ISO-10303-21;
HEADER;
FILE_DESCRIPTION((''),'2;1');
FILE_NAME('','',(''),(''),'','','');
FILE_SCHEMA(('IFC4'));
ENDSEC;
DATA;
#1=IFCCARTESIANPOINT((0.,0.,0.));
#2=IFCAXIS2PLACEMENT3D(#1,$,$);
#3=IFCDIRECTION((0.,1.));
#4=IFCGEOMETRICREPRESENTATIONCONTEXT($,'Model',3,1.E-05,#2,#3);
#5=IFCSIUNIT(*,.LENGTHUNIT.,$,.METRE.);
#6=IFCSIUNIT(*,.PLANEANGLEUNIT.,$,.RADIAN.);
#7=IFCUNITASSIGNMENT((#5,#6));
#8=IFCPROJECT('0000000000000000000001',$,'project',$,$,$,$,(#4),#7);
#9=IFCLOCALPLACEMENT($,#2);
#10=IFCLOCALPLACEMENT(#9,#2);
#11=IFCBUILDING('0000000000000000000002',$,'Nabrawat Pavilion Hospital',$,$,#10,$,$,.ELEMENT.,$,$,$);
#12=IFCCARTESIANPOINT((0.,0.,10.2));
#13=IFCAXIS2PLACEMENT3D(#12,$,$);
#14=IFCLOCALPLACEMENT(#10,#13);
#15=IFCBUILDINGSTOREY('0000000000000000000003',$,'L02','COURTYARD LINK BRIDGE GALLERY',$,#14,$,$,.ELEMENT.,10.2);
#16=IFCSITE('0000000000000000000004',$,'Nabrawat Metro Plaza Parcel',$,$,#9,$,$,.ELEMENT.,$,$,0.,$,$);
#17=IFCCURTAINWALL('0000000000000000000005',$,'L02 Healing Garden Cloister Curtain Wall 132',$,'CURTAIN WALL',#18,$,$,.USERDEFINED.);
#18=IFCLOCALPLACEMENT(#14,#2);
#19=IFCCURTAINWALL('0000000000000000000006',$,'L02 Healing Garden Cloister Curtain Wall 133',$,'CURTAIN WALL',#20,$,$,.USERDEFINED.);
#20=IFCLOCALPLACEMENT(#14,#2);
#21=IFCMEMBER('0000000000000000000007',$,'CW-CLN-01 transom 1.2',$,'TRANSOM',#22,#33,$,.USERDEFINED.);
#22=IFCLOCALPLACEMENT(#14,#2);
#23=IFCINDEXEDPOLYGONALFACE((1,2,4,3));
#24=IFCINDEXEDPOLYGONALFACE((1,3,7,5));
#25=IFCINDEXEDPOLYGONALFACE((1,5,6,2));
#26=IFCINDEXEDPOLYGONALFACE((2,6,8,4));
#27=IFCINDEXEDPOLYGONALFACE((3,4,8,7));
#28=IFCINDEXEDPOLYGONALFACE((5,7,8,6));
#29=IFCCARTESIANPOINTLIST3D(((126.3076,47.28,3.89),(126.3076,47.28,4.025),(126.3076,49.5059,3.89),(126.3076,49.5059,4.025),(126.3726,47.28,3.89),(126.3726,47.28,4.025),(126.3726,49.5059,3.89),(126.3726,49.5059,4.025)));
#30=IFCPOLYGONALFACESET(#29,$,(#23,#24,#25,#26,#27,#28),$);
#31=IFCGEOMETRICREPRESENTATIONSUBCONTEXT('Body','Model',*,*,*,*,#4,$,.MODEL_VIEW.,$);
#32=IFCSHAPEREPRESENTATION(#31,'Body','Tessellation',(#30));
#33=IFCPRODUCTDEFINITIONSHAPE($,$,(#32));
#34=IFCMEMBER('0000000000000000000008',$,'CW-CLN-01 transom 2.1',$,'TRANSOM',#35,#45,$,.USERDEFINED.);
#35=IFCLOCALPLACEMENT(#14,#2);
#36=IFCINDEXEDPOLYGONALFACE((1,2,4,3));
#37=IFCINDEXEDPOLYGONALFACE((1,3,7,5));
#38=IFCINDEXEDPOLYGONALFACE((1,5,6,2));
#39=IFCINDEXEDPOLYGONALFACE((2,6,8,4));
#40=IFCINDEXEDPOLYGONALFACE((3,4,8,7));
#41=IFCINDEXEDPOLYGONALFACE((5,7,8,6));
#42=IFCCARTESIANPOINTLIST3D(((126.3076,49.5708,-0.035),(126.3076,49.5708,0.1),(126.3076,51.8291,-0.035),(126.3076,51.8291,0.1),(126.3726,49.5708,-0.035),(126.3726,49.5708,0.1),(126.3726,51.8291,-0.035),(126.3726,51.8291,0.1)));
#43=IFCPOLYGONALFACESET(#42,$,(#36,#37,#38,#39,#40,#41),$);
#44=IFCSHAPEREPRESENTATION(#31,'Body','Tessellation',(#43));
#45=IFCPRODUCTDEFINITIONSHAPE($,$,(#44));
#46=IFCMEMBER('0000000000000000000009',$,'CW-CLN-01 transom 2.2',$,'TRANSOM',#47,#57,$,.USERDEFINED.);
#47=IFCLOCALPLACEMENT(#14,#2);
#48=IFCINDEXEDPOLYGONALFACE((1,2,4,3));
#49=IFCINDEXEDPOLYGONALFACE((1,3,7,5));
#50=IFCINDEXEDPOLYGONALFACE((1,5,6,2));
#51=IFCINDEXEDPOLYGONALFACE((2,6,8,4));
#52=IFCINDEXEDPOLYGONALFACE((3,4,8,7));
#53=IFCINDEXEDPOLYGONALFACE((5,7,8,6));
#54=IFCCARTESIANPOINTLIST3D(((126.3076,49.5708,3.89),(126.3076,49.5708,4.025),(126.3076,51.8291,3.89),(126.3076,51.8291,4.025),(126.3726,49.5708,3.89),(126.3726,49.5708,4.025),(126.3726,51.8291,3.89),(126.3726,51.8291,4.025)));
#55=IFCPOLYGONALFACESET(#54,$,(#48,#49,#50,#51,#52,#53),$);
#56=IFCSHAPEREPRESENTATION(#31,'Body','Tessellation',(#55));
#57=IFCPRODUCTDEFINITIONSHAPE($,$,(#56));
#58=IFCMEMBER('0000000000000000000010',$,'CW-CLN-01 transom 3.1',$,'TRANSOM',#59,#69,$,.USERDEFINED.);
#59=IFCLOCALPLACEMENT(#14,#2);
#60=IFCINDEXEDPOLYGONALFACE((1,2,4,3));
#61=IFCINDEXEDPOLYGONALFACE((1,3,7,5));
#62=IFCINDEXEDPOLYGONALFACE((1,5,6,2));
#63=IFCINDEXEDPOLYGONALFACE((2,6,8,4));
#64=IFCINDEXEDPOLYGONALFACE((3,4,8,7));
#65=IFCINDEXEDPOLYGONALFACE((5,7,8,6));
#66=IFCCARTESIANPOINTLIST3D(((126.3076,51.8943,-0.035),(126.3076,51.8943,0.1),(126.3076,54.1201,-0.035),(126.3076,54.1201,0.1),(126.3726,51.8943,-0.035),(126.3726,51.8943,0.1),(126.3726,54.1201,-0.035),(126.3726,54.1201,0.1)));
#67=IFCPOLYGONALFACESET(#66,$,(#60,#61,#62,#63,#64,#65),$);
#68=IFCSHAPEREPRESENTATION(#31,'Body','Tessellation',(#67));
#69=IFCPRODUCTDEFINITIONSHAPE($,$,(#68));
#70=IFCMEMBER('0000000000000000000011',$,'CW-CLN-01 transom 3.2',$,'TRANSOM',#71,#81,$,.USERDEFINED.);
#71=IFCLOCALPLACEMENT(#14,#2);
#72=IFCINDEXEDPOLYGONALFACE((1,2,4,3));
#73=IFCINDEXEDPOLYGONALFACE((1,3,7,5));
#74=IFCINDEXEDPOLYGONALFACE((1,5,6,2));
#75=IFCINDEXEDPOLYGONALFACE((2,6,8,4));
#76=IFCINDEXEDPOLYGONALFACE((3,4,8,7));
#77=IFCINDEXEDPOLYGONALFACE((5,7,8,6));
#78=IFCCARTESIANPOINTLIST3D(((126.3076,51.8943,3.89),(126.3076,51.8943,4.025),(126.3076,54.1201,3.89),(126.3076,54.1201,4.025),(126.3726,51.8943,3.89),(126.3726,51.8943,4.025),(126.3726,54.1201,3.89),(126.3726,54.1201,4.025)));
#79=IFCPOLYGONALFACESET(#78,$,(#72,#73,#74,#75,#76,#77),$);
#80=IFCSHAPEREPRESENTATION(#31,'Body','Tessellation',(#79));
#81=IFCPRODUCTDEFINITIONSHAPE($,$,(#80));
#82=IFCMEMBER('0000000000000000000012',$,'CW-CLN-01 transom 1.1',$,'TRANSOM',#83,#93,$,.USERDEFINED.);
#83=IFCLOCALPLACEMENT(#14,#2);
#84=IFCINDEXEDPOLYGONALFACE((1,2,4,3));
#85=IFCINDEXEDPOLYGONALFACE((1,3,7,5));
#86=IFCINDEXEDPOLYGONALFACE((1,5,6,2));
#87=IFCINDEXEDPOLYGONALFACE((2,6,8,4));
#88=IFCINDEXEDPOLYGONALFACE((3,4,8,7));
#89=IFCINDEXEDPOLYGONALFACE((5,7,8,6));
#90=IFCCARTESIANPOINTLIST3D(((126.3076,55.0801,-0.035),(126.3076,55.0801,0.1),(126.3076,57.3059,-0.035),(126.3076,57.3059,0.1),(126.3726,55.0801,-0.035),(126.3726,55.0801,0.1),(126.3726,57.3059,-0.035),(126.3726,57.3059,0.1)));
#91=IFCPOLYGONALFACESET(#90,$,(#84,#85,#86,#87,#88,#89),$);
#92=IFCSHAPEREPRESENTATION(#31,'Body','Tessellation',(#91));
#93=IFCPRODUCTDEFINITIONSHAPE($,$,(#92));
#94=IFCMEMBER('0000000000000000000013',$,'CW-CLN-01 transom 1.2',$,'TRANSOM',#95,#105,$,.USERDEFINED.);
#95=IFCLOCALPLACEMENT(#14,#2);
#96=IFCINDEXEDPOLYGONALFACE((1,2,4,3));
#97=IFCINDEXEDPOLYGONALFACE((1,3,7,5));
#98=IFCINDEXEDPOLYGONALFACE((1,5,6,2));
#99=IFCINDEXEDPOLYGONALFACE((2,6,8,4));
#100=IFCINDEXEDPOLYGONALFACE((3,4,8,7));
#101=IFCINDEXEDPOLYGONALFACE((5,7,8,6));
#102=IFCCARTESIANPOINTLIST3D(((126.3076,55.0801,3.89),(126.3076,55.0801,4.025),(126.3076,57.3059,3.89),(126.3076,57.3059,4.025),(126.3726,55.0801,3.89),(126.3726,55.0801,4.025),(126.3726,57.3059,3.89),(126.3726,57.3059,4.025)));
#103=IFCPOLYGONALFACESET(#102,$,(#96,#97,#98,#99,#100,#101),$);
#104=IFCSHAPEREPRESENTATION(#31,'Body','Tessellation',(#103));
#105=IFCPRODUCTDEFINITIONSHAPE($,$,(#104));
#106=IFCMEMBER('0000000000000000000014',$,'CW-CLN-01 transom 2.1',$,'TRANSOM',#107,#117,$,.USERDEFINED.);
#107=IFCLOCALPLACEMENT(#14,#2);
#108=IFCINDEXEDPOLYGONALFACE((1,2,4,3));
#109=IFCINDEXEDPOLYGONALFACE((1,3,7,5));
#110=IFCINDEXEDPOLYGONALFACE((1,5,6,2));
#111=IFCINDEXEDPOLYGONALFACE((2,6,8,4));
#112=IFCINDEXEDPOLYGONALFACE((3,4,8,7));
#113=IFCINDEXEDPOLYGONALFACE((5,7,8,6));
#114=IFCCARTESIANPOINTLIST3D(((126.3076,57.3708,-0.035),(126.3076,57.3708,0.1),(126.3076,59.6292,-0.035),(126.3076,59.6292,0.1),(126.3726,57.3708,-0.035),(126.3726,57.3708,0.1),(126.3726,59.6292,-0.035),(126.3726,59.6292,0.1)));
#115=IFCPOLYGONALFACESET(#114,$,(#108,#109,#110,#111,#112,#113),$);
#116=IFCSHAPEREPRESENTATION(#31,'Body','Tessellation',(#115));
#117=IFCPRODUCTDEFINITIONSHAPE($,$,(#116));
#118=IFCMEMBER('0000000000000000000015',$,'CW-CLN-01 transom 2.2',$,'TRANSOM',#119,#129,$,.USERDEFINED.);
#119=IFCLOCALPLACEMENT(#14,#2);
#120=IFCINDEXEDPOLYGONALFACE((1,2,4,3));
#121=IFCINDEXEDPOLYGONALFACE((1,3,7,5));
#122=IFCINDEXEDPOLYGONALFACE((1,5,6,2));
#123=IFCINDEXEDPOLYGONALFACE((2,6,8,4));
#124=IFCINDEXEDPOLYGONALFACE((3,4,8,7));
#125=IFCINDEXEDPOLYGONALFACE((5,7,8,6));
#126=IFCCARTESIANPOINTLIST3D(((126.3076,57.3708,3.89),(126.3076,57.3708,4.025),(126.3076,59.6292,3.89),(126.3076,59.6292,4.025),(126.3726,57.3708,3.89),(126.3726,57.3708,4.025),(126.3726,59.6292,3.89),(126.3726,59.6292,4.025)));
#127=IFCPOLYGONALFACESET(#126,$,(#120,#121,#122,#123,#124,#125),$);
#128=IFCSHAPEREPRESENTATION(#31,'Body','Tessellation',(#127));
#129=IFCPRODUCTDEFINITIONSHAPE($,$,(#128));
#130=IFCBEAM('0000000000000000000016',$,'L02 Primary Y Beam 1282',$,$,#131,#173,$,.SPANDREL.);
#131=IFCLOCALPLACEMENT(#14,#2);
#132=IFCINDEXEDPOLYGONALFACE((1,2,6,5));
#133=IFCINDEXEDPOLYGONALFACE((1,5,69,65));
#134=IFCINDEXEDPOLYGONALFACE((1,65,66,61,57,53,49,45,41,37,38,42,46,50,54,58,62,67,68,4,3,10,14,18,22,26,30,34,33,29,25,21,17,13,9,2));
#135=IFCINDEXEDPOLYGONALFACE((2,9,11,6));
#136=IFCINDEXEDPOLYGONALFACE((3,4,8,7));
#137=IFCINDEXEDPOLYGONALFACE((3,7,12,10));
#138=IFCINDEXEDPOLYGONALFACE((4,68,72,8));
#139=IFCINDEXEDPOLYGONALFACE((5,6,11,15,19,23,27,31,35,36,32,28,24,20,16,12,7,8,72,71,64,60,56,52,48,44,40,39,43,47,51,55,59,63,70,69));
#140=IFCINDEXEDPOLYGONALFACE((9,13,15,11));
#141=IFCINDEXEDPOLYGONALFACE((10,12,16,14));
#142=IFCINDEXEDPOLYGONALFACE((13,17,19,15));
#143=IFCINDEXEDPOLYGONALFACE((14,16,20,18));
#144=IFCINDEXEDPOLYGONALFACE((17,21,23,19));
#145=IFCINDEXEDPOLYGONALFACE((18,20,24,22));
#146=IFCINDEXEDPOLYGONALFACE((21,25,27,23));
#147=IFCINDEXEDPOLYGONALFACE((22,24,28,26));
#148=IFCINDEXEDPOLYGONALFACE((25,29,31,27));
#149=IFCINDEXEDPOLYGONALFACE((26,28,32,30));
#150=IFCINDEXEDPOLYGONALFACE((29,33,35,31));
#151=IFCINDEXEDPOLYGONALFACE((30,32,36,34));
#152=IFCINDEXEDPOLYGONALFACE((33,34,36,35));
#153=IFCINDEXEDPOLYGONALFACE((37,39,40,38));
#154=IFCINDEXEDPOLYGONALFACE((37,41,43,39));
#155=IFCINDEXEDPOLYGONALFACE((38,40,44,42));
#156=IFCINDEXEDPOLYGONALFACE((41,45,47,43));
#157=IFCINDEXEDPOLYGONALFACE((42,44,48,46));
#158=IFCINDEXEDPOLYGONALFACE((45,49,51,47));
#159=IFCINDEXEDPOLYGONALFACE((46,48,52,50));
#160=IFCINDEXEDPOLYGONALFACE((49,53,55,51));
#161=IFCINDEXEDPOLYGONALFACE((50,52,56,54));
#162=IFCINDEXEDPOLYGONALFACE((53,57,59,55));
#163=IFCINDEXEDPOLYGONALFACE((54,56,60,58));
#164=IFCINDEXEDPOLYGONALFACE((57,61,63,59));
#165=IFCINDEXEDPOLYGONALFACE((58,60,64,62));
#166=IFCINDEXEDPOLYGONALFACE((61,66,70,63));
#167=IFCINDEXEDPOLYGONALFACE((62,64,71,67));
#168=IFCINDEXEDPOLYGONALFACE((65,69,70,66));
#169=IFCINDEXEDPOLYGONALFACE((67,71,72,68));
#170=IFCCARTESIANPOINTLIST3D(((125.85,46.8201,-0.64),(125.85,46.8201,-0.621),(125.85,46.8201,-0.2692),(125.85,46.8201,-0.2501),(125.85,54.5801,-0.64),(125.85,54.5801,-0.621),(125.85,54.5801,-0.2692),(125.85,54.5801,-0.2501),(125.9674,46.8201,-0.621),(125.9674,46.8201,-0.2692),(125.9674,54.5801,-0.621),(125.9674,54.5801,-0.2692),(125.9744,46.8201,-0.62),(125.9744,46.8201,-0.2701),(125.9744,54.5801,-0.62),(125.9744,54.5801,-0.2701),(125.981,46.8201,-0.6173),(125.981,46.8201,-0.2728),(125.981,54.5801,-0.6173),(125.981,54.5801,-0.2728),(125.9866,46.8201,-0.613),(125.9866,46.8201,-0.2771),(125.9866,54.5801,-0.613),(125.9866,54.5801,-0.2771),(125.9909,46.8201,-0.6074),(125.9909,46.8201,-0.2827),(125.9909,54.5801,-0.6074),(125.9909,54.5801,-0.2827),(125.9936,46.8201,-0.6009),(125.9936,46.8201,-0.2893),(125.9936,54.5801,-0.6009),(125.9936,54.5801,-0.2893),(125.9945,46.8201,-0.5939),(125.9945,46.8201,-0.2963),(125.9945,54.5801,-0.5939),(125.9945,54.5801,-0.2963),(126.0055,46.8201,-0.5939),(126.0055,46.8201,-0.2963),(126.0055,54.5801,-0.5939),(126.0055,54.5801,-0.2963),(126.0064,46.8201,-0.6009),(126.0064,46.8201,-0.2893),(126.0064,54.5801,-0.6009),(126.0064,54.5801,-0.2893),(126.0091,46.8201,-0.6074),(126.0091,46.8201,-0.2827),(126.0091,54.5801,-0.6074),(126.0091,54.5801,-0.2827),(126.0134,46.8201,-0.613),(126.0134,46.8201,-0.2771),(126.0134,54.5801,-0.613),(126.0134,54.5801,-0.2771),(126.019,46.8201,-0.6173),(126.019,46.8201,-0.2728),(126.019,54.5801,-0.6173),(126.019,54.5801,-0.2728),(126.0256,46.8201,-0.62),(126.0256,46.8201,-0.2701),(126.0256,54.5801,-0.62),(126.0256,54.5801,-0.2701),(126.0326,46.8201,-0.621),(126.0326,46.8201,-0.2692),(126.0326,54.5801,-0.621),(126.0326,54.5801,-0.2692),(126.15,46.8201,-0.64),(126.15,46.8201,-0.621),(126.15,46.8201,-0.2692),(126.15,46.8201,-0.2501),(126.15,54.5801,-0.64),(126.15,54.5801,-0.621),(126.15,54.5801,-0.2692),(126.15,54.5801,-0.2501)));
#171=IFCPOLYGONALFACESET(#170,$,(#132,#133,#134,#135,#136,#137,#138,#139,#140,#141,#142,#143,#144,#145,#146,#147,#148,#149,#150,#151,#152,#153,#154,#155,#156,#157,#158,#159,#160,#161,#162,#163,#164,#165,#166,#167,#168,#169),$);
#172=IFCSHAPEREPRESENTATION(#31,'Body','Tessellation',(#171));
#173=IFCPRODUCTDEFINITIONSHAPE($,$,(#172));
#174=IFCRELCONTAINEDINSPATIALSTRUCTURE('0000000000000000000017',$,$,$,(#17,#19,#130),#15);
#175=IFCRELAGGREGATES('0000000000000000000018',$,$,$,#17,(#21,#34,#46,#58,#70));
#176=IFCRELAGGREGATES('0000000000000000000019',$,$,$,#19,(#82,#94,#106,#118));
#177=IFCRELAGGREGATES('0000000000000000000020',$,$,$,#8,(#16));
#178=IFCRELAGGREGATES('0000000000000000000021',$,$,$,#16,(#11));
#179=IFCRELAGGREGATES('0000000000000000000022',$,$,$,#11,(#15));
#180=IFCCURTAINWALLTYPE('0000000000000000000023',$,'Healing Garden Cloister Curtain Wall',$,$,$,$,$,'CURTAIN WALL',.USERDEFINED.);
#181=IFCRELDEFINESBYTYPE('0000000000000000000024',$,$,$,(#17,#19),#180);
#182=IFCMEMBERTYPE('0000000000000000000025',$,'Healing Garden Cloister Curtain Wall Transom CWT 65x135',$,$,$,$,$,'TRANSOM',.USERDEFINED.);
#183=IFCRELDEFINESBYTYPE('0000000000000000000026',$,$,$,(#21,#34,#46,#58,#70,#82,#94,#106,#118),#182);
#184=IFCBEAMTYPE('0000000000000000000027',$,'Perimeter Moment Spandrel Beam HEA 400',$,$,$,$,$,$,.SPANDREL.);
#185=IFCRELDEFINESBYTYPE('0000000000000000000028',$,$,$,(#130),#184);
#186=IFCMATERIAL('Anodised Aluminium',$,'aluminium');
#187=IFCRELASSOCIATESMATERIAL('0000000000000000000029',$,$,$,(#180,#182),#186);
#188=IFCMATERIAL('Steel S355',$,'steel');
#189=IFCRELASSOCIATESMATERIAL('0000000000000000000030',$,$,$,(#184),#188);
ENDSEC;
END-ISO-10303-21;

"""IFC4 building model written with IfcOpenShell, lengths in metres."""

from ifc_helpers import new_model, si_unit, direction, frame, origin, origin_2d, place, context, subcontext, project, spatial, rectangle, i_section, extrude, material, material_profile, profile_set, type_object, element, aggregate, save


model = new_model("IFC4")

# Units and contexts
model_context = context("Model", 3, precision=1e-05, world=origin(), true_north=direction((0.0, 1.0)))
body_context = subcontext(model_context, "Body", "Model", "MODEL_VIEW")
ifc_project = project(units=[si_unit("LENGTHUNIT", "METRE"), si_unit("PLANEANGLEUNIT", "RADIAN")], contexts=[model_context])

# Site, building, storey
site_placement = place(None, origin())
site = spatial("IfcSite", under=ifc_project, at=site_placement, Name="Nabrawat Metro Plaza Parcel", CompositionType="ELEMENT", RefElevation=0.0)
building_placement = place(site_placement, origin())
building = spatial("IfcBuilding", under=site, at=building_placement, Name="Nabrawat Pavilion Hospital", CompositionType="ELEMENT")
storey_placement = place(building_placement, frame((0.0, 0.0, 10.2)))
storey = spatial("IfcBuildingStorey", under=building, at=storey_placement, Name="L02", Description="COURTYARD LINK BRIDGE GALLERY", CompositionType="ELEMENT", Elevation=10.2)

# Shared definitions
ifc_material_1 = material(Name="Steel S355", Category="steel")

# Curtain walls
ifc_material_2 = material(Name="Anodised Aluminium", Category="aluminium")
curtain_wall_type = type_object("IfcCurtainWallType", Name="Healing Garden Cloister Curtain Wall", ElementType="CURTAIN WALL", PredefinedType="USERDEFINED", material=ifc_material_2)
curtain_wall_1_placement = place(storey_placement, origin())
curtain_wall_1 = element("IfcCurtainWall", 1, at=curtain_wall_1_placement, inside=storey, type_object=curtain_wall_type, Name="L02 Healing Garden Cloister Curtain Wall 132", ObjectType="CURTAIN WALL", PredefinedType="USERDEFINED")
curtain_wall_2_placement = place(storey_placement, origin())
curtain_wall_2 = element("IfcCurtainWall", 2, at=curtain_wall_2_placement, inside=storey, type_object=curtain_wall_type, Name="L02 Healing Garden Cloister Curtain Wall 133", ObjectType="CURTAIN WALL", PredefinedType="USERDEFINED")

# Members
ifc_material_profile_1 = material_profile(ifc_material_2, rectangle(XDim=0.0649, YDim=0.135, at=origin_2d()), Name="CWT 65x135")
ifc_profile_set_1 = profile_set([ifc_material_profile_1], Name="Anodised Aluminium")
member_type_1 = type_object("IfcMemberType", Name="Healing Garden Cloister Curtain Wall Transom CWT 65x135", ElementType="TRANSOM", PredefinedType="USERDEFINED", material=ifc_profile_set_1)
member_1_placement = place(storey_placement, frame((126.3401, 47.28, 3.9575), z_axis=(0.0, 1.0, 0.0), x_axis=(-1.0, 0.0, 0.0)))
member_1 = element("IfcMember", 3, at=member_1_placement, type_object=member_type_1, Name="CW-CLN-01 transom 1.2", ObjectType="TRANSOM", PredefinedType="USERDEFINED", context=body_context, shape_type="SweptSolid", body=[
    extrude(rectangle(XDim=0.0649, YDim=0.135, at=origin_2d()), origin(), (0.0, 0.0, 1.0), 2.2258),
])
member_2_placement = place(storey_placement, frame((126.3401, 49.5708, 0.0325), z_axis=(0.0, 1.0, 0.0), x_axis=(-1.0, 0.0, 0.0)))
member_2 = element("IfcMember", 4, at=member_2_placement, type_object=member_type_1, Name="CW-CLN-01 transom 2.1", ObjectType="TRANSOM", PredefinedType="USERDEFINED", context=body_context, shape_type="SweptSolid", body=[
    extrude(rectangle(XDim=0.0649, YDim=0.135, at=origin_2d()), origin(), (0.0, 0.0, 1.0), 2.2583),
])
member_3_placement = place(storey_placement, frame((126.3401, 49.5708, 3.9575), z_axis=(0.0, 1.0, 0.0), x_axis=(-1.0, 0.0, 0.0)))
member_3 = element("IfcMember", 5, at=member_3_placement, type_object=member_type_1, Name="CW-CLN-01 transom 2.2", ObjectType="TRANSOM", PredefinedType="USERDEFINED", context=body_context, shape_type="SweptSolid", body=[
    extrude(rectangle(XDim=0.0649, YDim=0.135, at=origin_2d()), origin(), (0.0, 0.0, 1.0), 2.2583),
])
member_4_placement = place(storey_placement, frame((126.3401, 51.8943, 0.0325), z_axis=(0.0, 1.0, 0.0), x_axis=(-1.0, 0.0, 0.0)))
member_4 = element("IfcMember", 6, at=member_4_placement, type_object=member_type_1, Name="CW-CLN-01 transom 3.1", ObjectType="TRANSOM", PredefinedType="USERDEFINED", context=body_context, shape_type="SweptSolid", body=[
    extrude(rectangle(XDim=0.0649, YDim=0.135, at=origin_2d()), origin(), (0.0, 0.0, 1.0), 2.2258),
])
member_5_placement = place(storey_placement, frame((126.3401, 51.8943, 3.9575), z_axis=(0.0, 1.0, 0.0), x_axis=(-1.0, 0.0, 0.0)))
member_5 = element("IfcMember", 7, at=member_5_placement, type_object=member_type_1, Name="CW-CLN-01 transom 3.2", ObjectType="TRANSOM", PredefinedType="USERDEFINED", context=body_context, shape_type="SweptSolid", body=[
    extrude(rectangle(XDim=0.0649, YDim=0.135, at=origin_2d()), origin(), (0.0, 0.0, 1.0), 2.2258),
])
member_6_placement = place(storey_placement, frame((126.3401, 55.0801, 0.0325), z_axis=(0.0, 1.0, 0.0), x_axis=(-1.0, 0.0, 0.0)))
member_6 = element("IfcMember", 8, at=member_6_placement, type_object=member_type_1, Name="CW-CLN-01 transom 1.1", ObjectType="TRANSOM", PredefinedType="USERDEFINED", context=body_context, shape_type="SweptSolid", body=[
    extrude(rectangle(XDim=0.0649, YDim=0.135, at=origin_2d()), origin(), (0.0, 0.0, 1.0), 2.2258),
])
member_7_placement = place(storey_placement, frame((126.3401, 55.0801, 3.9575), z_axis=(0.0, 1.0, 0.0), x_axis=(-1.0, 0.0, 0.0)))
member_7 = element("IfcMember", 9, at=member_7_placement, type_object=member_type_1, Name="CW-CLN-01 transom 1.2", ObjectType="TRANSOM", PredefinedType="USERDEFINED", context=body_context, shape_type="SweptSolid", body=[
    extrude(rectangle(XDim=0.0649, YDim=0.135, at=origin_2d()), origin(), (0.0, 0.0, 1.0), 2.2258),
])
member_8_placement = place(storey_placement, frame((126.3401, 57.3708, 0.0325), z_axis=(0.0, 1.0, 0.0), x_axis=(-1.0, 0.0, 0.0)))
member_8 = element("IfcMember", 10, at=member_8_placement, type_object=member_type_1, Name="CW-CLN-01 transom 2.1", ObjectType="TRANSOM", PredefinedType="USERDEFINED", context=body_context, shape_type="SweptSolid", body=[
    extrude(rectangle(XDim=0.0649, YDim=0.135, at=origin_2d()), origin(), (0.0, 0.0, 1.0), 2.2583),
])
member_9_placement = place(storey_placement, frame((126.3401, 57.3708, 3.9575), z_axis=(0.0, 1.0, 0.0), x_axis=(-1.0, 0.0, 0.0)))
member_9 = element("IfcMember", 11, at=member_9_placement, type_object=member_type_1, Name="CW-CLN-01 transom 2.2", ObjectType="TRANSOM", PredefinedType="USERDEFINED", context=body_context, shape_type="SweptSolid", body=[
    extrude(rectangle(XDim=0.0649, YDim=0.135, at=origin_2d()), origin(), (0.0, 0.0, 1.0), 2.2583),
])

# Beam
ifc_material_profile_2 = material_profile(ifc_material_1, i_section(OverallWidth=0.3, OverallDepth=0.3899, WebThickness=0.011, FlangeThickness=0.019, FilletRadius=0.0271, at=origin_2d()), Name="HEA 400")
ifc_profile_set_2 = profile_set([ifc_material_profile_2], Name="Steel S355")
beam_type_1 = type_object("IfcBeamType", Name="Perimeter Moment Spandrel Beam HEA 400", PredefinedType="SPANDREL", material=ifc_profile_set_2)
beam_1_placement = place(storey_placement, frame((126.0, 46.8201, -0.4451), z_axis=(0.0, 1.0, 0.0), x_axis=(-1.0, 0.0, 0.0)))
element("IfcBeam", 12, at=beam_1_placement, inside=storey, type_object=beam_type_1, Name="L02 Primary Y Beam 1282", PredefinedType="SPANDREL", context=body_context, shape_type="SweptSolid", body=[
    extrude(i_section(OverallWidth=0.3, OverallDepth=0.3899, WebThickness=0.011, FlangeThickness=0.019, FilletRadius=0.0271, at=origin_2d()), origin(), (0.0, 0.0, 1.0), 7.76),
])

aggregate(curtain_wall_1, [member_1, member_2, member_3, member_4, member_5])
aggregate(curtain_wall_2, [member_6, member_7, member_8, member_9])

save(model, "model.ifc")
